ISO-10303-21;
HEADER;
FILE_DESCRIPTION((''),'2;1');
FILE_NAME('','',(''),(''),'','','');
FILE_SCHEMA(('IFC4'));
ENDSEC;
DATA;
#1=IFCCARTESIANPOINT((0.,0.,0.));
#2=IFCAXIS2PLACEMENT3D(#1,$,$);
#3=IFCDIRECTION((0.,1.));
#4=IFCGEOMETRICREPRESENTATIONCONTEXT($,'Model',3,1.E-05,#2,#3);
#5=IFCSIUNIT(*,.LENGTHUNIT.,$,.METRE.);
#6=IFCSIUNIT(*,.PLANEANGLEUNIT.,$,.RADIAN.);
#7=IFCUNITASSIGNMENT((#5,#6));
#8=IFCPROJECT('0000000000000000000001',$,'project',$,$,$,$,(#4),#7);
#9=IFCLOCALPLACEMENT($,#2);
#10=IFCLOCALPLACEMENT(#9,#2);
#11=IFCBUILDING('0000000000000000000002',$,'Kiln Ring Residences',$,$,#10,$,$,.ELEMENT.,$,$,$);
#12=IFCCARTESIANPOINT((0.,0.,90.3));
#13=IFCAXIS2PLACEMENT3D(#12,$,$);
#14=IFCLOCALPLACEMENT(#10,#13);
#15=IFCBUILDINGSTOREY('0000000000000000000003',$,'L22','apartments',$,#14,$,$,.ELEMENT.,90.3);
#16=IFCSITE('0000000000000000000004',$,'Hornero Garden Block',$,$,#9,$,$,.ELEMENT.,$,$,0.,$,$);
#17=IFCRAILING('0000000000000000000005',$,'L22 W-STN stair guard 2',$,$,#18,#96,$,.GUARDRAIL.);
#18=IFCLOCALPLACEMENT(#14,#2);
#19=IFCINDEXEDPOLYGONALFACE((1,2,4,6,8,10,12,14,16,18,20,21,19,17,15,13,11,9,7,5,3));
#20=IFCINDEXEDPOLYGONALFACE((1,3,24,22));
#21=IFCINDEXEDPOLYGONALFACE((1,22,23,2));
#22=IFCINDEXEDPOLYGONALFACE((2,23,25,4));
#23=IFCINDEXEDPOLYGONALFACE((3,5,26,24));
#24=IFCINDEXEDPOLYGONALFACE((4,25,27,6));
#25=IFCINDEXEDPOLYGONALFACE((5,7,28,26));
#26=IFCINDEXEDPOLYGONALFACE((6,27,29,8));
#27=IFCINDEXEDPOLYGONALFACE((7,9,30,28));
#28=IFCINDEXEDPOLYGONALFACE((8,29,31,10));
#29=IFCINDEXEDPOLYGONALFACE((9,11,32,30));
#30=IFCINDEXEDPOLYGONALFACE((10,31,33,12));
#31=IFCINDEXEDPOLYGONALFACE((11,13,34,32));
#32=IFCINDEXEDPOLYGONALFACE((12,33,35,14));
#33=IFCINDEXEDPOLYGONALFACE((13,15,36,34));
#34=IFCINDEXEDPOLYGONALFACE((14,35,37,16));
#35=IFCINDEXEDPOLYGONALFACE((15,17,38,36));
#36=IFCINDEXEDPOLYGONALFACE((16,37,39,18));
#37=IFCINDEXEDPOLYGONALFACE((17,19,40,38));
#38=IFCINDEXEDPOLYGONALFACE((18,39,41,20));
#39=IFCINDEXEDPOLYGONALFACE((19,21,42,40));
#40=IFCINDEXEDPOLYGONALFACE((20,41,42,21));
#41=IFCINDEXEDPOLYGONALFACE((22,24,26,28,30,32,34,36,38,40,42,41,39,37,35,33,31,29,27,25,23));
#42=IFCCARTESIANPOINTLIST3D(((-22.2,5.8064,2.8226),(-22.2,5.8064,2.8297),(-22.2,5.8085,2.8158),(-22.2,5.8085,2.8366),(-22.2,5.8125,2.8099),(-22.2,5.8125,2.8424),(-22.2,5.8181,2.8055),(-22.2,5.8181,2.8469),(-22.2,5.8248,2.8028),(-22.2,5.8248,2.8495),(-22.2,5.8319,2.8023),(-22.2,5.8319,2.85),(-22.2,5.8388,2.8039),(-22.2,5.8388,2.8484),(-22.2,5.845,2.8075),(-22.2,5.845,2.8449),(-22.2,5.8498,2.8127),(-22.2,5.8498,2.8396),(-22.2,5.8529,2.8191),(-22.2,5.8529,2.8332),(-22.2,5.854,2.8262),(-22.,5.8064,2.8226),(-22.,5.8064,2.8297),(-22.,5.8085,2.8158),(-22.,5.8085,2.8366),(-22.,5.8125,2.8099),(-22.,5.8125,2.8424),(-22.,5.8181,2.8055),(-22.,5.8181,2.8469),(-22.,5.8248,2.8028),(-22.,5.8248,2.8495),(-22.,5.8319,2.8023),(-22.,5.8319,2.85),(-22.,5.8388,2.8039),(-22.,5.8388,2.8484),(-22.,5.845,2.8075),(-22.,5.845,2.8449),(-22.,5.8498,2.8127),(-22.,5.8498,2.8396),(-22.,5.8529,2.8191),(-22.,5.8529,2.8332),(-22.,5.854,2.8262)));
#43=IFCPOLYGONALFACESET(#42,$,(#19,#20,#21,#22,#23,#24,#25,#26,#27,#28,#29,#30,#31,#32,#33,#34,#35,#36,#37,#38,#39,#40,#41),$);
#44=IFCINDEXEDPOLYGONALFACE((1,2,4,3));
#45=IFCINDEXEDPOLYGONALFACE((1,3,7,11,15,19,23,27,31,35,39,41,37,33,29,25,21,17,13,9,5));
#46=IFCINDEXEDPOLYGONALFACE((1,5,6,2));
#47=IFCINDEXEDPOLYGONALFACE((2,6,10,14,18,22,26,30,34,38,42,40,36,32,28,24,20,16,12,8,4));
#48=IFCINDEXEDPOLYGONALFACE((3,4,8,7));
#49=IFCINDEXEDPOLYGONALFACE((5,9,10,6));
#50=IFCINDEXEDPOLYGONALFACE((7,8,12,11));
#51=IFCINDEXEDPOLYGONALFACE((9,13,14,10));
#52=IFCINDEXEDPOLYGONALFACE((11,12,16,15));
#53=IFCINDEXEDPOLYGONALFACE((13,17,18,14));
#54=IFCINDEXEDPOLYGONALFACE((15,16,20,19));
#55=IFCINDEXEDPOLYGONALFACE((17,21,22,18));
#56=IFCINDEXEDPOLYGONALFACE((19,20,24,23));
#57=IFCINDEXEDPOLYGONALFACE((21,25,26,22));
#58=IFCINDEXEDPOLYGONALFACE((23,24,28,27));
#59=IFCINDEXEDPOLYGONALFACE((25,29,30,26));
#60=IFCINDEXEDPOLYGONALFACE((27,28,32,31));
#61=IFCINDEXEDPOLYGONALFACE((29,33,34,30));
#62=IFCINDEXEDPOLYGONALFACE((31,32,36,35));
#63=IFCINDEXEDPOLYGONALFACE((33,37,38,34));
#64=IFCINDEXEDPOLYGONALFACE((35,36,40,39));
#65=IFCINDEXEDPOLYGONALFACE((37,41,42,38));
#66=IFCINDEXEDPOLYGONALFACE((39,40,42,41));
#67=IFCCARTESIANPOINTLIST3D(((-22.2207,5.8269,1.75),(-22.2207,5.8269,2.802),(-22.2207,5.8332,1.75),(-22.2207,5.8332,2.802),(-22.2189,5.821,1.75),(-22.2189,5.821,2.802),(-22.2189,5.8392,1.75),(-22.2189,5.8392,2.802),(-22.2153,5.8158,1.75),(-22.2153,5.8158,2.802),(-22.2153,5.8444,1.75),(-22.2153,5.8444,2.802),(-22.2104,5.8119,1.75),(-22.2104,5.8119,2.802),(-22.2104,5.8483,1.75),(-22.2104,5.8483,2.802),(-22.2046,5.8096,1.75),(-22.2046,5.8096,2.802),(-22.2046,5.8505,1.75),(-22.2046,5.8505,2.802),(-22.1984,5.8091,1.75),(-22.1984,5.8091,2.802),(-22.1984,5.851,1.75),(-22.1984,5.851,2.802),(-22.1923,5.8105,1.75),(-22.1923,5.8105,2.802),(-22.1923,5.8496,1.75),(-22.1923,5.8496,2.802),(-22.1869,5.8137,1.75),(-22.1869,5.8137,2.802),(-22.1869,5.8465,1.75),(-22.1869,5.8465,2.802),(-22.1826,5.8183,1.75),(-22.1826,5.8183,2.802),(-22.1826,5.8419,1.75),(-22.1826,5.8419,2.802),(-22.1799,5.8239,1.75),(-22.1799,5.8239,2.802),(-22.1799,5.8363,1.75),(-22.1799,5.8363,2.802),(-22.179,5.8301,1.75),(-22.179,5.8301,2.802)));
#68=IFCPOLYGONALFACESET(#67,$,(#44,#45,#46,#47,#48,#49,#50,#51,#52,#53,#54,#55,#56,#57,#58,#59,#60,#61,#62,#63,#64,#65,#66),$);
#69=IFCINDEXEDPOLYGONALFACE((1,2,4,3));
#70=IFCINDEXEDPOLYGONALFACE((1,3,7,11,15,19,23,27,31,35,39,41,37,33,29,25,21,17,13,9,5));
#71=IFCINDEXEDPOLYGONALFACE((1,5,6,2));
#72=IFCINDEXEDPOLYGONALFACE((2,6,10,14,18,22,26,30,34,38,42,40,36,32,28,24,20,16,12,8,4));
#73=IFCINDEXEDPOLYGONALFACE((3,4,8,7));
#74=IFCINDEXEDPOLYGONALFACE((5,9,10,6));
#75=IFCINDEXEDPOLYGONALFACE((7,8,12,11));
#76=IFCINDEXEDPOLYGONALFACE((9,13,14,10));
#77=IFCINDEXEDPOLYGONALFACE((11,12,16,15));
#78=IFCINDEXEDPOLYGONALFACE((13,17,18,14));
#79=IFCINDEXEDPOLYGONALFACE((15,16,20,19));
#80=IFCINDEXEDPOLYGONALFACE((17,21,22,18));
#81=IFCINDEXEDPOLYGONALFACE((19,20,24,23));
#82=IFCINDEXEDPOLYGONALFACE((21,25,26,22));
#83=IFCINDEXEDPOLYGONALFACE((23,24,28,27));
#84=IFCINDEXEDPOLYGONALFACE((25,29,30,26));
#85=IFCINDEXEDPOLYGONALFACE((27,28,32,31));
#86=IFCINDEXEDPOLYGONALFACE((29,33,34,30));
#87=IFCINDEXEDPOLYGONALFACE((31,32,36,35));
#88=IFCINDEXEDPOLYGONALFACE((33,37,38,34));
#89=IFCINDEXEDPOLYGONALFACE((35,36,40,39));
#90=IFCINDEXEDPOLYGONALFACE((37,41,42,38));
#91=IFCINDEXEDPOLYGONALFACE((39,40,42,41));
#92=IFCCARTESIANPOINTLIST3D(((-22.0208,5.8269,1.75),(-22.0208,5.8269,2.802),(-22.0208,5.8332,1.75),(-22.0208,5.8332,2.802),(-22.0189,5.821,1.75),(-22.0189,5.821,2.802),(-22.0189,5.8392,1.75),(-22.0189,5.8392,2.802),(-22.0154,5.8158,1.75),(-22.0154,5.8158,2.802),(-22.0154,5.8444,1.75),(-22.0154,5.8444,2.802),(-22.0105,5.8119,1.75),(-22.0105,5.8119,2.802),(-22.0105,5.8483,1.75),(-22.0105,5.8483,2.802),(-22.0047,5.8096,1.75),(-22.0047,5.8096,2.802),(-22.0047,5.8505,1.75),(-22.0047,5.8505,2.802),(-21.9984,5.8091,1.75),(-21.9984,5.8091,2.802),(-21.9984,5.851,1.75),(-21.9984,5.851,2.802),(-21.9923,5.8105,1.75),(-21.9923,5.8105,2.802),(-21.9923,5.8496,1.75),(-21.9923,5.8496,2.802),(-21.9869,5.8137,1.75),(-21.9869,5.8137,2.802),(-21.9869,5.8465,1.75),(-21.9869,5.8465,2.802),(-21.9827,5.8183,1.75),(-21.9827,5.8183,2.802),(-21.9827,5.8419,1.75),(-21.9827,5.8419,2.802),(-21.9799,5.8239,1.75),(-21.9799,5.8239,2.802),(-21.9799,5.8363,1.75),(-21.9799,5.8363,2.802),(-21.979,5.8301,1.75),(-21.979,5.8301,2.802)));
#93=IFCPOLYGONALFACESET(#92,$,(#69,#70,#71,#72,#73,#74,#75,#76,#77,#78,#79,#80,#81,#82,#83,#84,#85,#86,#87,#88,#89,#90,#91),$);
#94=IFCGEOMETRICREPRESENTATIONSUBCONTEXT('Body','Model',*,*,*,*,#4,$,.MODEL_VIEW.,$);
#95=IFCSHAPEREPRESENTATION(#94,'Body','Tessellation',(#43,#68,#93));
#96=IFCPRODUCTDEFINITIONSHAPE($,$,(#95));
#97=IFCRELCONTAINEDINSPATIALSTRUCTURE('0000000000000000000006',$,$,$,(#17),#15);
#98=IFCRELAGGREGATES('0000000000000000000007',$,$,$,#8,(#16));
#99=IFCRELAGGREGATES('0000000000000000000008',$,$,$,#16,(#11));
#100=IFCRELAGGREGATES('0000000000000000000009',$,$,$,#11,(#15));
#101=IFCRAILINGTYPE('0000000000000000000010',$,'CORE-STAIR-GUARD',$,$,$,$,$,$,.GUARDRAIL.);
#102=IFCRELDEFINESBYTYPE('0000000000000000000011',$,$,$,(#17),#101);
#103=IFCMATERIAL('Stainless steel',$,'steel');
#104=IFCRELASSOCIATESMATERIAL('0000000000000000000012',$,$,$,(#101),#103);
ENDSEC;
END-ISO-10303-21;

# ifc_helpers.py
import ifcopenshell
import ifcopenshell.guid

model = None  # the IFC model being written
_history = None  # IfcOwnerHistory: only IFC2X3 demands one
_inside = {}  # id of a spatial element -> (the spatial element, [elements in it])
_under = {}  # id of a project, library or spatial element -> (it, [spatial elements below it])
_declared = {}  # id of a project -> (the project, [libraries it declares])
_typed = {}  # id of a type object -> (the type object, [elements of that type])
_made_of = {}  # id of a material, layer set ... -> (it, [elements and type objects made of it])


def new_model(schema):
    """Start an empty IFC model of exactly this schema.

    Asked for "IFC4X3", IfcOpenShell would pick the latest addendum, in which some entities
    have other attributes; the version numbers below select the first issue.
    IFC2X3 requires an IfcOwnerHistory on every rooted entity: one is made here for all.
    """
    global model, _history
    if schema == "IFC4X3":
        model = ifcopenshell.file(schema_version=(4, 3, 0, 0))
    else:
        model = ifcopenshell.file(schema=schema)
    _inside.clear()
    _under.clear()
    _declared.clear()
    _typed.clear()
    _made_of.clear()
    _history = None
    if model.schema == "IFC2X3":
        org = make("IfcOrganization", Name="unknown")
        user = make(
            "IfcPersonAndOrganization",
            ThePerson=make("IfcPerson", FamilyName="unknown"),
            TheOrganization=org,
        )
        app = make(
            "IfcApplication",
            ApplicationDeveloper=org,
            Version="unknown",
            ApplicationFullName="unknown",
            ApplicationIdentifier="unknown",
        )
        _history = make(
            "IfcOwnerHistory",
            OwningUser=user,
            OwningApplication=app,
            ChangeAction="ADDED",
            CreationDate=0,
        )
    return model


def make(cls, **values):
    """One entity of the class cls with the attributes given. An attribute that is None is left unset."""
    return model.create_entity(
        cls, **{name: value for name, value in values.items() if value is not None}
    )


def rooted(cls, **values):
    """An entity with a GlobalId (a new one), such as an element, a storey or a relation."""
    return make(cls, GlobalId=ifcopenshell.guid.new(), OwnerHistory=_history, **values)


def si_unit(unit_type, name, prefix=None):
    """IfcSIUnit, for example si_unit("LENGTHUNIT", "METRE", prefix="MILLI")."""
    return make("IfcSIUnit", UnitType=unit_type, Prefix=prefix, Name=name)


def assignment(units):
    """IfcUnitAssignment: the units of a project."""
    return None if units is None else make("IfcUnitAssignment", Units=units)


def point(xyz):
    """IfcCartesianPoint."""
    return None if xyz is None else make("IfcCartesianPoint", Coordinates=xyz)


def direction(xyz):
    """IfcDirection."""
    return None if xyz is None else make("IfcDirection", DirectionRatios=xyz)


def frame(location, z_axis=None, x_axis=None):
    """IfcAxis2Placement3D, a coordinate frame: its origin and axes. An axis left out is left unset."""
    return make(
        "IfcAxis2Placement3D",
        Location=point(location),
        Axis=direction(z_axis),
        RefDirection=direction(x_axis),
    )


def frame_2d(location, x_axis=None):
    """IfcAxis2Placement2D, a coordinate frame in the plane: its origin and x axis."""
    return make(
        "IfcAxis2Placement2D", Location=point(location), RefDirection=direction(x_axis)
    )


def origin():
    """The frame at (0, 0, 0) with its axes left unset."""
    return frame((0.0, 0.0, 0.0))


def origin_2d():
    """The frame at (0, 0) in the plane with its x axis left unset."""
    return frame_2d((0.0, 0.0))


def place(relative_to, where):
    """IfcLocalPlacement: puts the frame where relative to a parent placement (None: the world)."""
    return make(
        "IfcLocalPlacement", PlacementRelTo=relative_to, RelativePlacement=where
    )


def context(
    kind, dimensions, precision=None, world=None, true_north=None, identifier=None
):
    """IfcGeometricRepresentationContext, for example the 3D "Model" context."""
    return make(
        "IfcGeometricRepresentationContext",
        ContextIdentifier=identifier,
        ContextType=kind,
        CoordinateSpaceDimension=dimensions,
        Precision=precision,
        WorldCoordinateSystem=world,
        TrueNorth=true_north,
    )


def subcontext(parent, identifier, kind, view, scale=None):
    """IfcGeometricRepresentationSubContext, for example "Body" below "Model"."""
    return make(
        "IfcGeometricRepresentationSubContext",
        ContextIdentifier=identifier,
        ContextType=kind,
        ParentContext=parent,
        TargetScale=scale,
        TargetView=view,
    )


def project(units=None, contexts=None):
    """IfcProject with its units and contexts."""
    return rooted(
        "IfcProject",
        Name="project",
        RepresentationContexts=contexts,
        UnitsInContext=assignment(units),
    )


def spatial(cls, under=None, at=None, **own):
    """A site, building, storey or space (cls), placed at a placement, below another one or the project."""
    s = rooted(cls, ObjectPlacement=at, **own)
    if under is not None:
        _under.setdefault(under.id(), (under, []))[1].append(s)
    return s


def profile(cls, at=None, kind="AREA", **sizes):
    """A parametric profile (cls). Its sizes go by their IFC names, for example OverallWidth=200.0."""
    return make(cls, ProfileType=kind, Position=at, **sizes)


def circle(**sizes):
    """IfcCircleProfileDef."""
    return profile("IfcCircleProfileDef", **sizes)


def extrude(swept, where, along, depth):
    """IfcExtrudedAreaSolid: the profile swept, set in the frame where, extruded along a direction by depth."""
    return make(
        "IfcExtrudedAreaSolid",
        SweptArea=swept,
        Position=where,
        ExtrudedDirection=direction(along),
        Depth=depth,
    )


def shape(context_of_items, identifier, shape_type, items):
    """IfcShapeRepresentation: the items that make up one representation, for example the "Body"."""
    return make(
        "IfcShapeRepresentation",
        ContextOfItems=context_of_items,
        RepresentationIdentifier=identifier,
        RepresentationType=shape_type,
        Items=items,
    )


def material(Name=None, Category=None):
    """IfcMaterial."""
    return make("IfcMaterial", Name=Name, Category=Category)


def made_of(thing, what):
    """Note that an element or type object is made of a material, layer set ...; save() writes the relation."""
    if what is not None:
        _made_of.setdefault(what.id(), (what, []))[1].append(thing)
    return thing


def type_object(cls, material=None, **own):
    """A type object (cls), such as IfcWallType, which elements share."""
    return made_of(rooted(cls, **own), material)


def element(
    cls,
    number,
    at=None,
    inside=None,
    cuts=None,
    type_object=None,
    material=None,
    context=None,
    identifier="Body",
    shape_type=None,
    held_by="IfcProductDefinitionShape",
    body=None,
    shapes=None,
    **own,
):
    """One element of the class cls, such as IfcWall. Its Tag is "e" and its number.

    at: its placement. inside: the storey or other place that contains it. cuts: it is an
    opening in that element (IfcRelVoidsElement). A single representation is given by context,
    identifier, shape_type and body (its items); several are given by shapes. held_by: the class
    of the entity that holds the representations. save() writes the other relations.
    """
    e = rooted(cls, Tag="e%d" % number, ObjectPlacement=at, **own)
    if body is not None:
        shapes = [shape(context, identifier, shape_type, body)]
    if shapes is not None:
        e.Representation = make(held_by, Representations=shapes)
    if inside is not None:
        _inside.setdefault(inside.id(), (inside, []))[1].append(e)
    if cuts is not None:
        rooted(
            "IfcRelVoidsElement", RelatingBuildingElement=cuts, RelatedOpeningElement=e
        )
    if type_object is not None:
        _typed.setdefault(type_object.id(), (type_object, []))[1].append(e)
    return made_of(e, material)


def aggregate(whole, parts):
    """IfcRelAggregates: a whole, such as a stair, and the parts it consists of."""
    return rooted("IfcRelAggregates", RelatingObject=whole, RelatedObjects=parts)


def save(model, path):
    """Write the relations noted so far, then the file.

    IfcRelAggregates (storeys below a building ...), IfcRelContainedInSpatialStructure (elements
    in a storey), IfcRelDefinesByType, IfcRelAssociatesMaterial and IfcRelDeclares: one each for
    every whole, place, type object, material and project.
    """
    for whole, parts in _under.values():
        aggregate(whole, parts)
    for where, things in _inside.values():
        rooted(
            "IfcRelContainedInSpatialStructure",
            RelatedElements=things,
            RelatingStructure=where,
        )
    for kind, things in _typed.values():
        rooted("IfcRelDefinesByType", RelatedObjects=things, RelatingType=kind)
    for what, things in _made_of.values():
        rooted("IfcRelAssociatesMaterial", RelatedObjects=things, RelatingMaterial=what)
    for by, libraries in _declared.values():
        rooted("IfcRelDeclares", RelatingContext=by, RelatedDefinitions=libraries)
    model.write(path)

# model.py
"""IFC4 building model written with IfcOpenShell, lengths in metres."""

from ifc_helpers import new_model, si_unit, direction, frame, origin, origin_2d, place, context, subcontext, project, spatial, circle, extrude, material, type_object, element, save


model = new_model("IFC4")

# Units and contexts
model_context = context("Model", 3, precision=1e-05, world=origin(), true_north=direction((0.0, 1.0)))
body_context = subcontext(model_context, "Body", "Model", "MODEL_VIEW")
ifc_project = project(units=[si_unit("LENGTHUNIT", "METRE"), si_unit("PLANEANGLEUNIT", "RADIAN")], contexts=[model_context])

# Site, building, storey
site_placement = place(None, origin())
site = spatial("IfcSite", under=ifc_project, at=site_placement, Name="Hornero Garden Block", CompositionType="ELEMENT", RefElevation=0.0)
building_placement = place(site_placement, origin())
building = spatial("IfcBuilding", under=site, at=building_placement, Name="Kiln Ring Residences", CompositionType="ELEMENT")
storey_placement = place(building_placement, frame((0.0, 0.0, 90.3)))
storey = spatial("IfcBuildingStorey", under=building, at=storey_placement, Name="L22", Description="apartments", CompositionType="ELEMENT", Elevation=90.3)

# Railing
ifc_material_1 = material(Name="Stainless steel", Category="steel")
railing_type_1 = type_object("IfcRailingType", Name="CORE-STAIR-GUARD", PredefinedType="GUARDRAIL", material=ifc_material_1)
railing_1_placement = place(storey_placement, frame((-22.2, 5.8301, 1.75)))
element("IfcRailing", 1, at=railing_1_placement, inside=storey, type_object=railing_type_1, Name="L22 W-STN stair guard 2", PredefinedType="GUARDRAIL", context=body_context, shape_type="SweptSolid", body=[
    extrude(circle(Radius=0.0239, at=origin_2d()), frame((0.0, 0.0, 1.0762), z_axis=(1.0, 0.0, 0.0), x_axis=(0.0, 1.0, 0.0)), (0.0, 0.0, 1.0), 0.2),
    extrude(circle(Radius=0.021, at=origin_2d()), origin(), (0.0, 0.0, 1.0), 1.052),
    extrude(circle(Radius=0.021, at=origin_2d()), frame((0.2, 0.0, 0.0)), (0.0, 0.0, 1.0), 1.052),
])

save(model, "model.ifc")
